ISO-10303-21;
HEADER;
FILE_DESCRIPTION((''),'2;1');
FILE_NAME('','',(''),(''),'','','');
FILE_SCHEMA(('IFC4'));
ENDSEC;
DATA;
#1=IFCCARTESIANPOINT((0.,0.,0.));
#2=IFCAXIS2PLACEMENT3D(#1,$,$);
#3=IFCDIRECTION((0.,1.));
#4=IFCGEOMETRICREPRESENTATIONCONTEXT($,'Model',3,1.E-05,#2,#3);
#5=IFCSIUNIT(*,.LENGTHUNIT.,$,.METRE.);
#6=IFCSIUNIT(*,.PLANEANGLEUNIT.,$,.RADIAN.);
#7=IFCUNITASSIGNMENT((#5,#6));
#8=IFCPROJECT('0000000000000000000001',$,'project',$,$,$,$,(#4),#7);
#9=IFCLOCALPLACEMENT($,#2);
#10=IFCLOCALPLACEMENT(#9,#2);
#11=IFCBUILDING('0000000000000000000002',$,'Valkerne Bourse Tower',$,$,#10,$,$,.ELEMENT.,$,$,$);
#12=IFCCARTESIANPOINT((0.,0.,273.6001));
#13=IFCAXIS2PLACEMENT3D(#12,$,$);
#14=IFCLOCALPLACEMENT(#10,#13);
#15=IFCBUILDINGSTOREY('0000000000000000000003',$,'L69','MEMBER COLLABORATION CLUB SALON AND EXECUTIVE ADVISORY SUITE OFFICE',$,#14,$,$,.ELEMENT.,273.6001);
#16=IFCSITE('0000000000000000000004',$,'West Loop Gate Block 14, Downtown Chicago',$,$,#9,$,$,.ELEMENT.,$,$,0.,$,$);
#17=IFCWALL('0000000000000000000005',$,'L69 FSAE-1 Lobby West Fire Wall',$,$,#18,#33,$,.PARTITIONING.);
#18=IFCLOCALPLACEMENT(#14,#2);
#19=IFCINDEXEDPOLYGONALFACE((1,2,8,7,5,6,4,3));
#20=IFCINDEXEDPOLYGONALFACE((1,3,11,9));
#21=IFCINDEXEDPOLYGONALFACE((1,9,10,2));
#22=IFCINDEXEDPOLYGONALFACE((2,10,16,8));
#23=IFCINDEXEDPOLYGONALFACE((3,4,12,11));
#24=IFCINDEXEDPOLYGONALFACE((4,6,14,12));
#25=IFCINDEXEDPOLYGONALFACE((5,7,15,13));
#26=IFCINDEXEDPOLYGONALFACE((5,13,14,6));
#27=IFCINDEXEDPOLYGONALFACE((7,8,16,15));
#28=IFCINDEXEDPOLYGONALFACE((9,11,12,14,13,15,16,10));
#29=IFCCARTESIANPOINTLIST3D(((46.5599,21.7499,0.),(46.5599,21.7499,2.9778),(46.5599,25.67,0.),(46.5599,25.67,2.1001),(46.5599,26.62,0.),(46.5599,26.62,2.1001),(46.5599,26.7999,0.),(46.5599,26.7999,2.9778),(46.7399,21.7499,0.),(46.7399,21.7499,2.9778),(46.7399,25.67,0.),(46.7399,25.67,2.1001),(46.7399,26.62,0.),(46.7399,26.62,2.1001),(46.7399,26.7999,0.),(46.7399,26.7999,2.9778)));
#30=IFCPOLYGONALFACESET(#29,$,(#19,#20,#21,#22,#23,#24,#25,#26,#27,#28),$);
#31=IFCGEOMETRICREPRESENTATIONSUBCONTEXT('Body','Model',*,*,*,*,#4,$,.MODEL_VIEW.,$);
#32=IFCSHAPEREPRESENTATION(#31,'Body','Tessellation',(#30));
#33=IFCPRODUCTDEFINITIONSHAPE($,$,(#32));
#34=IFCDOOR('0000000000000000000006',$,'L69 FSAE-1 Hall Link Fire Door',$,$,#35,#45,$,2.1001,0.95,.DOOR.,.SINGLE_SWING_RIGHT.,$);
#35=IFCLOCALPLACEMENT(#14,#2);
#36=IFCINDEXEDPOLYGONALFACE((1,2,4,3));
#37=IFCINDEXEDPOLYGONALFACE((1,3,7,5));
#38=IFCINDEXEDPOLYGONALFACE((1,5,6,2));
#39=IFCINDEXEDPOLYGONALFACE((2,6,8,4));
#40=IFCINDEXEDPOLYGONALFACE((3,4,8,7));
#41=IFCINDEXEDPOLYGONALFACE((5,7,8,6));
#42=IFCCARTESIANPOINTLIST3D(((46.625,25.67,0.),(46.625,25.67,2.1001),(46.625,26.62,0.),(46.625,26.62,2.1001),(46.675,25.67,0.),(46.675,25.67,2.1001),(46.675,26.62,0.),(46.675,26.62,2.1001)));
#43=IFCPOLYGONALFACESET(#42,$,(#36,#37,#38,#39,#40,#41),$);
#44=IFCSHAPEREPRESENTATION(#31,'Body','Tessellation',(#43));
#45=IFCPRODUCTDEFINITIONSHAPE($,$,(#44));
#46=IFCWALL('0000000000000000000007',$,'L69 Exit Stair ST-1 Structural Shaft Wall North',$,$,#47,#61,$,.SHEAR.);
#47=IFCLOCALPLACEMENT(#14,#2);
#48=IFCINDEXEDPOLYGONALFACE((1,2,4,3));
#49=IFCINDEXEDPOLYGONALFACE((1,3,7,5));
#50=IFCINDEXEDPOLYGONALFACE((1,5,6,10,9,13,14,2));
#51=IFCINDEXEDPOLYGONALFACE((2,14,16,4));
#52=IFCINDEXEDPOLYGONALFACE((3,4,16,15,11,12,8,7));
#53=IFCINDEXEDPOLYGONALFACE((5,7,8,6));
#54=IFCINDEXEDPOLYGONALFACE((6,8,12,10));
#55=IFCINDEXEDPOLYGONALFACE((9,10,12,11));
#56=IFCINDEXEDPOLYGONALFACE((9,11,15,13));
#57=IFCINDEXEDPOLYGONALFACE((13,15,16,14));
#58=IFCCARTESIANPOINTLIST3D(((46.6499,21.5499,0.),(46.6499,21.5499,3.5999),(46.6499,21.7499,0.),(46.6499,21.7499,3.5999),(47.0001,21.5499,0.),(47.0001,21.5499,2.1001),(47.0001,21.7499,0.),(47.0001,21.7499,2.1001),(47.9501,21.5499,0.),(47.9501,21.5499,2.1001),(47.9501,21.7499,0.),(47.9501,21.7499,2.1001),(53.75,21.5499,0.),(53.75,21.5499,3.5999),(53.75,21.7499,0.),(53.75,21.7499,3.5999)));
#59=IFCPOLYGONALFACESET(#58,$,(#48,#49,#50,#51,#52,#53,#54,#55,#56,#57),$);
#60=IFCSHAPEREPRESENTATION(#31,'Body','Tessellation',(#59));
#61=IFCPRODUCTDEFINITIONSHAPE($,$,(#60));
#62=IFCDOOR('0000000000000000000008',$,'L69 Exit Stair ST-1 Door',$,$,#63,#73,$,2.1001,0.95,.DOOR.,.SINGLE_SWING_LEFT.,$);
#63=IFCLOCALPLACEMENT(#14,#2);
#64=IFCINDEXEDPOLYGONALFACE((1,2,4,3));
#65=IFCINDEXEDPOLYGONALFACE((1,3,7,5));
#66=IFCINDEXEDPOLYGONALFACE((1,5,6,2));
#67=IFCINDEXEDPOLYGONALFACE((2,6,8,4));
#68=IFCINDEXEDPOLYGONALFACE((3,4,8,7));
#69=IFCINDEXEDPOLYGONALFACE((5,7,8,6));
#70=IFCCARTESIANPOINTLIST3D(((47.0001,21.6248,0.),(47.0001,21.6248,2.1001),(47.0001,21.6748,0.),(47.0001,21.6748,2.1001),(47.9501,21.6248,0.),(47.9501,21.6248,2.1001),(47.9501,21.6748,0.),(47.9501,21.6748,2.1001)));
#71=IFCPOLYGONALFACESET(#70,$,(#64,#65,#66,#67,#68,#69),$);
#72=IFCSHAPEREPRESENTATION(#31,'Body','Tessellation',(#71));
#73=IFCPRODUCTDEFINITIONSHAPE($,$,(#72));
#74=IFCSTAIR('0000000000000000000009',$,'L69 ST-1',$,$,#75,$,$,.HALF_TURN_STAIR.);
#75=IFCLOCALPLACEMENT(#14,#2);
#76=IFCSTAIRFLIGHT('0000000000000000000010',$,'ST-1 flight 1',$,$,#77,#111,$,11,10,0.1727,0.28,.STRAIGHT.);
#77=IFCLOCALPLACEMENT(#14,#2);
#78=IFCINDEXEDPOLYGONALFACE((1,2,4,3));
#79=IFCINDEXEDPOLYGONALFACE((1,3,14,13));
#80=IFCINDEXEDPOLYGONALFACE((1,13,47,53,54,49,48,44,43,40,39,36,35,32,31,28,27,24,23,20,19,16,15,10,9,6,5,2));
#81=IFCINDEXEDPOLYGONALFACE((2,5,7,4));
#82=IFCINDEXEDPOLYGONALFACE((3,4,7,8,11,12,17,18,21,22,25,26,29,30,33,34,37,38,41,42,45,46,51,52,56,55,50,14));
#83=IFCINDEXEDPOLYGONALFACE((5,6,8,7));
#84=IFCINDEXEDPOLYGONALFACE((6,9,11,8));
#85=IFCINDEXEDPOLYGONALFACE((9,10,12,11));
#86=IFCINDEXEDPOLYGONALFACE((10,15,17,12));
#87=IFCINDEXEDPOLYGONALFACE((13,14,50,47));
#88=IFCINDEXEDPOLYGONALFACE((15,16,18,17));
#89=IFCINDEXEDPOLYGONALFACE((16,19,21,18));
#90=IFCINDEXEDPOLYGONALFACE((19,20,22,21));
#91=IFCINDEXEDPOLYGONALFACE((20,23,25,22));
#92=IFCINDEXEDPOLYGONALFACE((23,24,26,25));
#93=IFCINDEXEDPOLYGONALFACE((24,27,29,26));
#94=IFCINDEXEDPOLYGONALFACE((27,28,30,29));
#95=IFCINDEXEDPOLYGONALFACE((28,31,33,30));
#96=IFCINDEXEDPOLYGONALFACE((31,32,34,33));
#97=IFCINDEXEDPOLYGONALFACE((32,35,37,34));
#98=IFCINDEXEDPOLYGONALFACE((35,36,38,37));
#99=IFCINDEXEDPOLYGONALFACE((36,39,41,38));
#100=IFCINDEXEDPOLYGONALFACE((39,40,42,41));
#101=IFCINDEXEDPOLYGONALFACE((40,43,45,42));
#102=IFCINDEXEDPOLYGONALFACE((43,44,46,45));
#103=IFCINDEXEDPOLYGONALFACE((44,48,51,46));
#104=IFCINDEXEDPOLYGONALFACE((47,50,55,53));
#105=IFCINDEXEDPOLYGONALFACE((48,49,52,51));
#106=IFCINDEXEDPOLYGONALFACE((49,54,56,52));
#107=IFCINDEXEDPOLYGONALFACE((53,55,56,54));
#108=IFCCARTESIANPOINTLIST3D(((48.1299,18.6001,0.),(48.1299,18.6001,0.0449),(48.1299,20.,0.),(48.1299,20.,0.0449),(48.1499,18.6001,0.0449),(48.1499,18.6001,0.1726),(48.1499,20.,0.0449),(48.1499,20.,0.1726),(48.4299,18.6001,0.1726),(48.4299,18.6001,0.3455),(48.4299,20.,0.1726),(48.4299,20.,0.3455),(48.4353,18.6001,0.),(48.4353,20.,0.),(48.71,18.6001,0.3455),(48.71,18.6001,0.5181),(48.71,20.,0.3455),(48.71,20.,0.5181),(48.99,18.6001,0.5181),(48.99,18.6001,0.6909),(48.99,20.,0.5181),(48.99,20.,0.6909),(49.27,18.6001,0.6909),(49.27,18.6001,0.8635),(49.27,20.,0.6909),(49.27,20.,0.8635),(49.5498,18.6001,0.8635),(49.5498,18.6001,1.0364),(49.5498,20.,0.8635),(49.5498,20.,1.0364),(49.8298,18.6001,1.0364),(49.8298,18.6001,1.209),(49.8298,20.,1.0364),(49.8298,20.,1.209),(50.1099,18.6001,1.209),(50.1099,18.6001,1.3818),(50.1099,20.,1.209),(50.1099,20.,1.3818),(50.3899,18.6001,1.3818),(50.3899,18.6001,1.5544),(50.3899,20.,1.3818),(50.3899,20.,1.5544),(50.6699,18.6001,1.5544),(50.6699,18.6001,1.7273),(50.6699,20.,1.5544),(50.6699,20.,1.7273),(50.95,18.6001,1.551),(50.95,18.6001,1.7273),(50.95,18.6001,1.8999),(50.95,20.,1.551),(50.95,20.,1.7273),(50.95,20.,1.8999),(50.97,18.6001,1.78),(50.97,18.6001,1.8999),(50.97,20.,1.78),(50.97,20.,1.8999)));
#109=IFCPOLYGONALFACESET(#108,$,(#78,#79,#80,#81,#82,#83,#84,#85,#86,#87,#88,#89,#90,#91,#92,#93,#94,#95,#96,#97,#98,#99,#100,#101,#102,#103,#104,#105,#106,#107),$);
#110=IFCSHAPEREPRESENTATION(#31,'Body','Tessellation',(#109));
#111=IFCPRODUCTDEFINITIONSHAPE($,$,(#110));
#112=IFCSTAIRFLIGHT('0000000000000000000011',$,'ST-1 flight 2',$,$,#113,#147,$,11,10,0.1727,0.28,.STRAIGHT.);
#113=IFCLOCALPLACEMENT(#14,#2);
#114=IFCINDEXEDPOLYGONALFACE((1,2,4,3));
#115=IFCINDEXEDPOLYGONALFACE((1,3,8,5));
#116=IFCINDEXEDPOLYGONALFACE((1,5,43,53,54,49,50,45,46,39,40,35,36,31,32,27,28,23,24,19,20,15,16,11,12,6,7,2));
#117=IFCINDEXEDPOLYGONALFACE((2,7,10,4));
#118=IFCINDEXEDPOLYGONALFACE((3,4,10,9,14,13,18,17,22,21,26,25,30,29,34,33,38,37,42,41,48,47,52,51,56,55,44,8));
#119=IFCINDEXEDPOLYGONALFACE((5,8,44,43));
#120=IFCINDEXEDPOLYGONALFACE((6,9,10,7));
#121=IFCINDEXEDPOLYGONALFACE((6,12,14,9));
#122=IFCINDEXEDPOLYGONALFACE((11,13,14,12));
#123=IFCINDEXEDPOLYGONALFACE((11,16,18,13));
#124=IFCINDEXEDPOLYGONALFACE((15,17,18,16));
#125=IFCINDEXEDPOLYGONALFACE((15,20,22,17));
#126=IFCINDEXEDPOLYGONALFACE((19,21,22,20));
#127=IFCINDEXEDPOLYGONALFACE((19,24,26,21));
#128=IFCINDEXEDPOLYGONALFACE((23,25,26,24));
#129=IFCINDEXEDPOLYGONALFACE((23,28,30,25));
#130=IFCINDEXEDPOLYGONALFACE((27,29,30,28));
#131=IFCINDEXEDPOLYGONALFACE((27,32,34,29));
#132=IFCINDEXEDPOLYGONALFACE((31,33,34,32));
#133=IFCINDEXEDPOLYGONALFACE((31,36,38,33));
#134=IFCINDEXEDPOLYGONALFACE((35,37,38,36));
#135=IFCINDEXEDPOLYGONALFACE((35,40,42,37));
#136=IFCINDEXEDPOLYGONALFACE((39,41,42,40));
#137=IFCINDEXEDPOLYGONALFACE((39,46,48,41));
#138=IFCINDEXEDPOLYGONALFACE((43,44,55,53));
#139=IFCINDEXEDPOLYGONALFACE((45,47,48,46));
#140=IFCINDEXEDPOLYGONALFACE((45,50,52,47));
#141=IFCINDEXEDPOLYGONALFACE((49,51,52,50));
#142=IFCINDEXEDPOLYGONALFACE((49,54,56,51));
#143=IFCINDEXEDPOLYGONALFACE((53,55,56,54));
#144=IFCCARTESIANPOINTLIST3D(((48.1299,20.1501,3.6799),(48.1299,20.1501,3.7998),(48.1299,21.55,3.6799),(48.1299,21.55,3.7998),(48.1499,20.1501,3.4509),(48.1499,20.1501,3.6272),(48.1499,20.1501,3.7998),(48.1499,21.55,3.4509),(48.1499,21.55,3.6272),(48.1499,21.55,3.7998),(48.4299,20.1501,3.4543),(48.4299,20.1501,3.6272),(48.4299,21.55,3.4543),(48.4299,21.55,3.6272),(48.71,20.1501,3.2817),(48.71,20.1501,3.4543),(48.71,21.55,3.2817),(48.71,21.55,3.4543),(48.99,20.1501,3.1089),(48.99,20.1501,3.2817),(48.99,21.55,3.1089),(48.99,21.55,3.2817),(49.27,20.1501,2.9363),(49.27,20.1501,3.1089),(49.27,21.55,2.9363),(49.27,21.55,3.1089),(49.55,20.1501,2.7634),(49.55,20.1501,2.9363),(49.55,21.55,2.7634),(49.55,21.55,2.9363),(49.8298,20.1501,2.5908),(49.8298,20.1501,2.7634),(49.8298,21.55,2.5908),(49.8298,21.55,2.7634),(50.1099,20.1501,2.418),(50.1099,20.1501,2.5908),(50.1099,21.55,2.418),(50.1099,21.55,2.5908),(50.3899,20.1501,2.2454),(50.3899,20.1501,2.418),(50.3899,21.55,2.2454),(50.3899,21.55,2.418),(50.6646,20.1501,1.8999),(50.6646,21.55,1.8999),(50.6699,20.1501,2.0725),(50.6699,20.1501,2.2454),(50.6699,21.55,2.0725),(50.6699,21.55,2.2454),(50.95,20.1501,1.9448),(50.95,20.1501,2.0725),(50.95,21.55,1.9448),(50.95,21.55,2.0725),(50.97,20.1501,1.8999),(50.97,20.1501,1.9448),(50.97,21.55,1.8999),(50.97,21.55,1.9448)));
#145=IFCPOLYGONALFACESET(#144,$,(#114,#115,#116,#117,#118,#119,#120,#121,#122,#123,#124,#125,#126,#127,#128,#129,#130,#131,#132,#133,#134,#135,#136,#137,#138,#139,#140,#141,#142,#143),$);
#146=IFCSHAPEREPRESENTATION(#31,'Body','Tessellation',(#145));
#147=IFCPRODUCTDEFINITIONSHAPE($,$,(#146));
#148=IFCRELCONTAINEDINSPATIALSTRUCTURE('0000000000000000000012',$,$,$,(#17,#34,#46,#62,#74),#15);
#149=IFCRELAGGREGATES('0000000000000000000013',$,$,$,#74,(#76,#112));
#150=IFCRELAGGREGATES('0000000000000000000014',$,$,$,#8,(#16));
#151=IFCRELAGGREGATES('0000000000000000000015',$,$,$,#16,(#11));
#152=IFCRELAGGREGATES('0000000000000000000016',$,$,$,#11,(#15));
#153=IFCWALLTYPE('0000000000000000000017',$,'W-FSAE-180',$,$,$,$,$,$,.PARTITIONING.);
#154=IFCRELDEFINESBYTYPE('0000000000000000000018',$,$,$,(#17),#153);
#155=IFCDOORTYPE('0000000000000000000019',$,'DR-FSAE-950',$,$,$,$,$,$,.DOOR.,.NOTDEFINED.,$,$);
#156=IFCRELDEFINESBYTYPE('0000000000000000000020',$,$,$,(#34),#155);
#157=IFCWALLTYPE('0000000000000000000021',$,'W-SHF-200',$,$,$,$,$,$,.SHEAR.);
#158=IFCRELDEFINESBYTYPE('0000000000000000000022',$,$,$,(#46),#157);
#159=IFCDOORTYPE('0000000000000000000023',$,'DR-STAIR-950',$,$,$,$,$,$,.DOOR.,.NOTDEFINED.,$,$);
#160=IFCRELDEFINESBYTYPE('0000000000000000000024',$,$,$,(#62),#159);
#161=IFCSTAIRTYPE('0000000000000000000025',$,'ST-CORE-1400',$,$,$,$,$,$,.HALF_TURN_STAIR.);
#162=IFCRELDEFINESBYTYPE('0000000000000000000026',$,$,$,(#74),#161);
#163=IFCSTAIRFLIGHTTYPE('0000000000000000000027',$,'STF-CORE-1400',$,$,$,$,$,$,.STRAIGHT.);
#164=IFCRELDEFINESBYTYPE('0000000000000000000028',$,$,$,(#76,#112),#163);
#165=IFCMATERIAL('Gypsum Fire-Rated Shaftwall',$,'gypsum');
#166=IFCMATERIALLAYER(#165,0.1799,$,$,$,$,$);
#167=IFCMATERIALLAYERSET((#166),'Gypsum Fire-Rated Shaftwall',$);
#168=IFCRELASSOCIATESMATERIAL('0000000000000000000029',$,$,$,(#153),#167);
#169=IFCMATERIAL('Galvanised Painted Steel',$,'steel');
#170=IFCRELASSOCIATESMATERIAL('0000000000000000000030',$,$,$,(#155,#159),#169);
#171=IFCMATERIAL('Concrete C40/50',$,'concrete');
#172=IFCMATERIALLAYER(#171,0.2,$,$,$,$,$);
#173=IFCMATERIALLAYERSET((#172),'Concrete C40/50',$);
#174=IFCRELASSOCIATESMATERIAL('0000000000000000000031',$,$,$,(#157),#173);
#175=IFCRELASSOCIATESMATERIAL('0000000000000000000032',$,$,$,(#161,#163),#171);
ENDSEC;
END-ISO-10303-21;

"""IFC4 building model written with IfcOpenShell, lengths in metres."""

from ifc_helpers import new_model, si_unit, direction, frame, frame_2d, origin, place, context, subcontext, project, spatial, polyline, rectangle, outline, extrude, material, layer, layer_set, type_object, element, fill, aggregate, save


model = new_model("IFC4")

# Units and contexts
model_context = context("Model", 3, precision=1e-05, world=origin(), true_north=direction((0.0, 1.0)))
body_context = subcontext(model_context, "Body", "Model", "MODEL_VIEW")
ifc_project = project(units=[si_unit("LENGTHUNIT", "METRE"), si_unit("PLANEANGLEUNIT", "RADIAN")], contexts=[model_context])

# Site, building, storey
site_placement = place(None, origin())
site = spatial("IfcSite", under=ifc_project, at=site_placement, Name="West Loop Gate Block 14, Downtown Chicago", CompositionType="ELEMENT", RefElevation=0.0)
building_placement = place(site_placement, origin())
building = spatial("IfcBuilding", under=site, at=building_placement, Name="Valkerne Bourse Tower", CompositionType="ELEMENT")
storey_placement = place(building_placement, frame((0.0, 0.0, 273.6001)))
storey = spatial("IfcBuildingStorey", under=building, at=storey_placement, Name="L69", Description="MEMBER COLLABORATION CLUB SALON AND EXECUTIVE ADVISORY SUITE OFFICE", CompositionType="ELEMENT", Elevation=273.6001)

# Wall, opening, door
ifc_material_1 = material(Name="Gypsum Fire-Rated Shaftwall", Category="gypsum")
ifc_layer_1 = layer(ifc_material_1, 0.1799)
ifc_layer_set_1 = layer_set([ifc_layer_1], Name="Gypsum Fire-Rated Shaftwall")
wall_type_1 = type_object("IfcWallType", Name="W-FSAE-180", PredefinedType="PARTITIONING", material=ifc_layer_set_1)
wall_1_placement = place(storey_placement, frame((46.6499, 21.75, 0.0), z_axis=(0.0, 0.0, 1.0), x_axis=(0.0, 1.0, 0.0)))
wall_1 = element("IfcWall", 1, at=wall_1_placement, inside=storey, type_object=wall_type_1, Name="L69 FSAE-1 Lobby West Fire Wall", PredefinedType="PARTITIONING", context=body_context, shape_type="SweptSolid", body=[
    extrude(rectangle(XDim=5.05, YDim=0.1799, at=frame_2d((2.5249, 0.0))), origin(), (0.0, 0.0, 1.0), 2.9778),
])
opening_1_placement = place(wall_1_placement, frame((3.9199, 0.0, 0.0)))
opening_1 = element("IfcOpeningElement", 2, at=opening_1_placement, cuts=wall_1, PredefinedType="OPENING", context=body_context, shape_type="SweptSolid", body=[
    extrude(rectangle(XDim=0.95, YDim=2.1001, at=frame_2d((0.4751, 1.05))), frame((0.0, 0.0999, 0.0), z_axis=(0.0, -1.0, 0.0), x_axis=(1.0, 0.0, 0.0)), (0.0, 0.0, 1.0), 0.2),
])
ifc_material_2 = material(Name="Galvanised Painted Steel", Category="steel")
door_type_1 = type_object("IfcDoorType", Name="DR-FSAE-950", OperationType="NOTDEFINED", PredefinedType="DOOR", material=ifc_material_2)
door_1_placement = place(opening_1_placement, origin())
door_1 = element("IfcDoor", 3, at=door_1_placement, inside=storey, type_object=door_type_1, Name="L69 FSAE-1 Hall Link Fire Door", OperationType="SINGLE_SWING_RIGHT", OverallHeight=2.1001, OverallWidth=0.95, PredefinedType="DOOR", context=body_context, shape_type="SweptSolid", body=[
    extrude(rectangle(XDim=0.95, YDim=2.1001, at=frame_2d((0.4751, 1.05))), frame((0.0, 0.0249, 0.0), z_axis=(0.0, -1.0, 0.0), x_axis=(1.0, 0.0, 0.0)), (0.0, 0.0, 1.0), 0.05),
])
fill(opening_1, door_1)

# Wall, opening, door
ifc_material_3 = material(Name="Concrete C40/50", Category="concrete")
ifc_layer_2 = layer(ifc_material_3, 0.2)
ifc_layer_set_2 = layer_set([ifc_layer_2], Name="Concrete C40/50")
wall_type_2 = type_object("IfcWallType", Name="W-SHF-200", PredefinedType="SHEAR", material=ifc_layer_set_2)
wall_2_placement = place(storey_placement, frame((46.6499, 21.6499, 0.0), z_axis=(0.0, 0.0, 1.0), x_axis=(1.0, 0.0, 0.0)))
wall_2 = element("IfcWall", 4, at=wall_2_placement, inside=storey, type_object=wall_type_2, Name="L69 Exit Stair ST-1 Structural Shaft Wall North", PredefinedType="SHEAR", context=body_context, shape_type="SweptSolid", body=[
    extrude(rectangle(XDim=7.1001, YDim=0.2, at=frame_2d((3.55, 0.0))), origin(), (0.0, 0.0, 1.0), 3.5999),
])
opening_2_placement = place(wall_2_placement, frame((0.3501, 0.0, 0.0)))
opening_2 = element("IfcOpeningElement", 5, at=opening_2_placement, cuts=wall_2, PredefinedType="OPENING", context=body_context, shape_type="SweptSolid", body=[
    extrude(rectangle(XDim=0.95, YDim=2.1001, at=frame_2d((0.4751, 1.05))), frame((0.0, 0.1099, 0.0), z_axis=(0.0, -1.0, 0.0), x_axis=(1.0, 0.0, 0.0)), (0.0, 0.0, 1.0), 0.22),
])
door_type_2 = type_object("IfcDoorType", Name="DR-STAIR-950", OperationType="NOTDEFINED", PredefinedType="DOOR", material=ifc_material_2)
door_2_placement = place(opening_2_placement, origin())
door_2 = element("IfcDoor", 6, at=door_2_placement, inside=storey, type_object=door_type_2, Name="L69 Exit Stair ST-1 Door", OperationType="SINGLE_SWING_LEFT", OverallHeight=2.1001, OverallWidth=0.95, PredefinedType="DOOR", context=body_context, shape_type="SweptSolid", body=[
    extrude(rectangle(XDim=0.95, YDim=2.1001, at=frame_2d((0.4751, 1.05))), frame((0.0, 0.0249, 0.0), z_axis=(0.0, -1.0, 0.0), x_axis=(1.0, 0.0, 0.0)), (0.0, 0.0, 1.0), 0.05),
])
fill(opening_2, door_2)

# Stair, stair flights
stair_type = type_object("IfcStairType", Name="ST-CORE-1400", PredefinedType="HALF_TURN_STAIR", material=ifc_material_3)
stair_placement = place(storey_placement, origin())
stair = element("IfcStair", 7, at=stair_placement, inside=storey, type_object=stair_type, Name="L69 ST-1", PredefinedType="HALF_TURN_STAIR")
stair_flight_type = type_object("IfcStairFlightType", Name="STF-CORE-1400", PredefinedType="STRAIGHT", material=ifc_material_3)
stair_flight_1_placement = place(storey_placement, frame((48.1499, 19.3, 0.0), z_axis=(0.0, 0.0, 1.0), x_axis=(1.0, 0.0, 0.0)))
stair_flight_1 = element("IfcStairFlight", 8, at=stair_flight_1_placement, type_object=stair_flight_type, Name="ST-1 flight 1", NumberOfRisers=11, NumberOfTreads=10, PredefinedType="STRAIGHT", RiserHeight=0.1727, TreadLength=0.28, context=body_context, shape_type="SweptSolid", body=[
    extrude(outline(polyline([(-0.02, 0.0), (-0.02, 0.0449), (0.0, 0.0449), (0.0, 0.1726), (0.28, 0.1726), (0.28, 0.3455), (0.5601, 0.3455), (0.5601, 0.5181), (0.8401, 0.5181), (0.8401, 0.6909), (1.1201, 0.6909), (1.1201, 0.8635), (1.3999, 0.8635), (1.3999, 1.0364), (1.6799, 1.0364), (1.6799, 1.209), (1.96, 1.209), (1.96, 1.3818), (2.24, 1.3818), (2.24, 1.5544), (2.52, 1.5544), (2.52, 1.7273), (2.8, 1.7273), (2.8, 1.8999), (2.8201, 1.8999), (2.8201, 1.78), (2.8, 1.551), (0.2854, 0.0), (-0.02, 0.0)])), frame((0.0, 0.7, 0.0), z_axis=(0.0, -1.0, 0.0), x_axis=(1.0, 0.0, 0.0)), (0.0, 0.0, 1.0), 1.3999),
])
stair_flight_2_placement = place(storey_placement, frame((50.95, 20.8501, 1.8999), z_axis=(0.0, 0.0, 1.0), x_axis=(-1.0, 0.0, 0.0)))
stair_flight_2 = element("IfcStairFlight", 9, at=stair_flight_2_placement, type_object=stair_flight_type, Name="ST-1 flight 2", NumberOfRisers=11, NumberOfTreads=10, PredefinedType="STRAIGHT", RiserHeight=0.1727, TreadLength=0.28, context=body_context, shape_type="SweptSolid", body=[
    extrude(outline(polyline([(-0.02, 0.0), (-0.02, 0.0449), (0.0, 0.0449), (0.0, 0.1726), (0.28, 0.1726), (0.28, 0.3455), (0.5601, 0.3455), (0.5601, 0.5181), (0.8401, 0.5181), (0.8401, 0.6909), (1.1201, 0.6909), (1.1201, 0.8635), (1.3999, 0.8635), (1.3999, 1.0364), (1.6799, 1.0364), (1.6799, 1.209), (1.96, 1.209), (1.96, 1.3818), (2.24, 1.3818), (2.24, 1.5544), (2.52, 1.5544), (2.52, 1.7273), (2.8, 1.7273), (2.8, 1.8999), (2.8201, 1.8999), (2.8201, 1.78), (2.8, 1.551), (0.2854, 0.0), (-0.02, 0.0)])), frame((0.0, 0.7, 0.0), z_axis=(0.0, -1.0, 0.0), x_axis=(1.0, 0.0, 0.0)), (0.0, 0.0, 1.0), 1.3999),
])
aggregate(stair, [stair_flight_1, stair_flight_2])

save(model, "model.ifc")
